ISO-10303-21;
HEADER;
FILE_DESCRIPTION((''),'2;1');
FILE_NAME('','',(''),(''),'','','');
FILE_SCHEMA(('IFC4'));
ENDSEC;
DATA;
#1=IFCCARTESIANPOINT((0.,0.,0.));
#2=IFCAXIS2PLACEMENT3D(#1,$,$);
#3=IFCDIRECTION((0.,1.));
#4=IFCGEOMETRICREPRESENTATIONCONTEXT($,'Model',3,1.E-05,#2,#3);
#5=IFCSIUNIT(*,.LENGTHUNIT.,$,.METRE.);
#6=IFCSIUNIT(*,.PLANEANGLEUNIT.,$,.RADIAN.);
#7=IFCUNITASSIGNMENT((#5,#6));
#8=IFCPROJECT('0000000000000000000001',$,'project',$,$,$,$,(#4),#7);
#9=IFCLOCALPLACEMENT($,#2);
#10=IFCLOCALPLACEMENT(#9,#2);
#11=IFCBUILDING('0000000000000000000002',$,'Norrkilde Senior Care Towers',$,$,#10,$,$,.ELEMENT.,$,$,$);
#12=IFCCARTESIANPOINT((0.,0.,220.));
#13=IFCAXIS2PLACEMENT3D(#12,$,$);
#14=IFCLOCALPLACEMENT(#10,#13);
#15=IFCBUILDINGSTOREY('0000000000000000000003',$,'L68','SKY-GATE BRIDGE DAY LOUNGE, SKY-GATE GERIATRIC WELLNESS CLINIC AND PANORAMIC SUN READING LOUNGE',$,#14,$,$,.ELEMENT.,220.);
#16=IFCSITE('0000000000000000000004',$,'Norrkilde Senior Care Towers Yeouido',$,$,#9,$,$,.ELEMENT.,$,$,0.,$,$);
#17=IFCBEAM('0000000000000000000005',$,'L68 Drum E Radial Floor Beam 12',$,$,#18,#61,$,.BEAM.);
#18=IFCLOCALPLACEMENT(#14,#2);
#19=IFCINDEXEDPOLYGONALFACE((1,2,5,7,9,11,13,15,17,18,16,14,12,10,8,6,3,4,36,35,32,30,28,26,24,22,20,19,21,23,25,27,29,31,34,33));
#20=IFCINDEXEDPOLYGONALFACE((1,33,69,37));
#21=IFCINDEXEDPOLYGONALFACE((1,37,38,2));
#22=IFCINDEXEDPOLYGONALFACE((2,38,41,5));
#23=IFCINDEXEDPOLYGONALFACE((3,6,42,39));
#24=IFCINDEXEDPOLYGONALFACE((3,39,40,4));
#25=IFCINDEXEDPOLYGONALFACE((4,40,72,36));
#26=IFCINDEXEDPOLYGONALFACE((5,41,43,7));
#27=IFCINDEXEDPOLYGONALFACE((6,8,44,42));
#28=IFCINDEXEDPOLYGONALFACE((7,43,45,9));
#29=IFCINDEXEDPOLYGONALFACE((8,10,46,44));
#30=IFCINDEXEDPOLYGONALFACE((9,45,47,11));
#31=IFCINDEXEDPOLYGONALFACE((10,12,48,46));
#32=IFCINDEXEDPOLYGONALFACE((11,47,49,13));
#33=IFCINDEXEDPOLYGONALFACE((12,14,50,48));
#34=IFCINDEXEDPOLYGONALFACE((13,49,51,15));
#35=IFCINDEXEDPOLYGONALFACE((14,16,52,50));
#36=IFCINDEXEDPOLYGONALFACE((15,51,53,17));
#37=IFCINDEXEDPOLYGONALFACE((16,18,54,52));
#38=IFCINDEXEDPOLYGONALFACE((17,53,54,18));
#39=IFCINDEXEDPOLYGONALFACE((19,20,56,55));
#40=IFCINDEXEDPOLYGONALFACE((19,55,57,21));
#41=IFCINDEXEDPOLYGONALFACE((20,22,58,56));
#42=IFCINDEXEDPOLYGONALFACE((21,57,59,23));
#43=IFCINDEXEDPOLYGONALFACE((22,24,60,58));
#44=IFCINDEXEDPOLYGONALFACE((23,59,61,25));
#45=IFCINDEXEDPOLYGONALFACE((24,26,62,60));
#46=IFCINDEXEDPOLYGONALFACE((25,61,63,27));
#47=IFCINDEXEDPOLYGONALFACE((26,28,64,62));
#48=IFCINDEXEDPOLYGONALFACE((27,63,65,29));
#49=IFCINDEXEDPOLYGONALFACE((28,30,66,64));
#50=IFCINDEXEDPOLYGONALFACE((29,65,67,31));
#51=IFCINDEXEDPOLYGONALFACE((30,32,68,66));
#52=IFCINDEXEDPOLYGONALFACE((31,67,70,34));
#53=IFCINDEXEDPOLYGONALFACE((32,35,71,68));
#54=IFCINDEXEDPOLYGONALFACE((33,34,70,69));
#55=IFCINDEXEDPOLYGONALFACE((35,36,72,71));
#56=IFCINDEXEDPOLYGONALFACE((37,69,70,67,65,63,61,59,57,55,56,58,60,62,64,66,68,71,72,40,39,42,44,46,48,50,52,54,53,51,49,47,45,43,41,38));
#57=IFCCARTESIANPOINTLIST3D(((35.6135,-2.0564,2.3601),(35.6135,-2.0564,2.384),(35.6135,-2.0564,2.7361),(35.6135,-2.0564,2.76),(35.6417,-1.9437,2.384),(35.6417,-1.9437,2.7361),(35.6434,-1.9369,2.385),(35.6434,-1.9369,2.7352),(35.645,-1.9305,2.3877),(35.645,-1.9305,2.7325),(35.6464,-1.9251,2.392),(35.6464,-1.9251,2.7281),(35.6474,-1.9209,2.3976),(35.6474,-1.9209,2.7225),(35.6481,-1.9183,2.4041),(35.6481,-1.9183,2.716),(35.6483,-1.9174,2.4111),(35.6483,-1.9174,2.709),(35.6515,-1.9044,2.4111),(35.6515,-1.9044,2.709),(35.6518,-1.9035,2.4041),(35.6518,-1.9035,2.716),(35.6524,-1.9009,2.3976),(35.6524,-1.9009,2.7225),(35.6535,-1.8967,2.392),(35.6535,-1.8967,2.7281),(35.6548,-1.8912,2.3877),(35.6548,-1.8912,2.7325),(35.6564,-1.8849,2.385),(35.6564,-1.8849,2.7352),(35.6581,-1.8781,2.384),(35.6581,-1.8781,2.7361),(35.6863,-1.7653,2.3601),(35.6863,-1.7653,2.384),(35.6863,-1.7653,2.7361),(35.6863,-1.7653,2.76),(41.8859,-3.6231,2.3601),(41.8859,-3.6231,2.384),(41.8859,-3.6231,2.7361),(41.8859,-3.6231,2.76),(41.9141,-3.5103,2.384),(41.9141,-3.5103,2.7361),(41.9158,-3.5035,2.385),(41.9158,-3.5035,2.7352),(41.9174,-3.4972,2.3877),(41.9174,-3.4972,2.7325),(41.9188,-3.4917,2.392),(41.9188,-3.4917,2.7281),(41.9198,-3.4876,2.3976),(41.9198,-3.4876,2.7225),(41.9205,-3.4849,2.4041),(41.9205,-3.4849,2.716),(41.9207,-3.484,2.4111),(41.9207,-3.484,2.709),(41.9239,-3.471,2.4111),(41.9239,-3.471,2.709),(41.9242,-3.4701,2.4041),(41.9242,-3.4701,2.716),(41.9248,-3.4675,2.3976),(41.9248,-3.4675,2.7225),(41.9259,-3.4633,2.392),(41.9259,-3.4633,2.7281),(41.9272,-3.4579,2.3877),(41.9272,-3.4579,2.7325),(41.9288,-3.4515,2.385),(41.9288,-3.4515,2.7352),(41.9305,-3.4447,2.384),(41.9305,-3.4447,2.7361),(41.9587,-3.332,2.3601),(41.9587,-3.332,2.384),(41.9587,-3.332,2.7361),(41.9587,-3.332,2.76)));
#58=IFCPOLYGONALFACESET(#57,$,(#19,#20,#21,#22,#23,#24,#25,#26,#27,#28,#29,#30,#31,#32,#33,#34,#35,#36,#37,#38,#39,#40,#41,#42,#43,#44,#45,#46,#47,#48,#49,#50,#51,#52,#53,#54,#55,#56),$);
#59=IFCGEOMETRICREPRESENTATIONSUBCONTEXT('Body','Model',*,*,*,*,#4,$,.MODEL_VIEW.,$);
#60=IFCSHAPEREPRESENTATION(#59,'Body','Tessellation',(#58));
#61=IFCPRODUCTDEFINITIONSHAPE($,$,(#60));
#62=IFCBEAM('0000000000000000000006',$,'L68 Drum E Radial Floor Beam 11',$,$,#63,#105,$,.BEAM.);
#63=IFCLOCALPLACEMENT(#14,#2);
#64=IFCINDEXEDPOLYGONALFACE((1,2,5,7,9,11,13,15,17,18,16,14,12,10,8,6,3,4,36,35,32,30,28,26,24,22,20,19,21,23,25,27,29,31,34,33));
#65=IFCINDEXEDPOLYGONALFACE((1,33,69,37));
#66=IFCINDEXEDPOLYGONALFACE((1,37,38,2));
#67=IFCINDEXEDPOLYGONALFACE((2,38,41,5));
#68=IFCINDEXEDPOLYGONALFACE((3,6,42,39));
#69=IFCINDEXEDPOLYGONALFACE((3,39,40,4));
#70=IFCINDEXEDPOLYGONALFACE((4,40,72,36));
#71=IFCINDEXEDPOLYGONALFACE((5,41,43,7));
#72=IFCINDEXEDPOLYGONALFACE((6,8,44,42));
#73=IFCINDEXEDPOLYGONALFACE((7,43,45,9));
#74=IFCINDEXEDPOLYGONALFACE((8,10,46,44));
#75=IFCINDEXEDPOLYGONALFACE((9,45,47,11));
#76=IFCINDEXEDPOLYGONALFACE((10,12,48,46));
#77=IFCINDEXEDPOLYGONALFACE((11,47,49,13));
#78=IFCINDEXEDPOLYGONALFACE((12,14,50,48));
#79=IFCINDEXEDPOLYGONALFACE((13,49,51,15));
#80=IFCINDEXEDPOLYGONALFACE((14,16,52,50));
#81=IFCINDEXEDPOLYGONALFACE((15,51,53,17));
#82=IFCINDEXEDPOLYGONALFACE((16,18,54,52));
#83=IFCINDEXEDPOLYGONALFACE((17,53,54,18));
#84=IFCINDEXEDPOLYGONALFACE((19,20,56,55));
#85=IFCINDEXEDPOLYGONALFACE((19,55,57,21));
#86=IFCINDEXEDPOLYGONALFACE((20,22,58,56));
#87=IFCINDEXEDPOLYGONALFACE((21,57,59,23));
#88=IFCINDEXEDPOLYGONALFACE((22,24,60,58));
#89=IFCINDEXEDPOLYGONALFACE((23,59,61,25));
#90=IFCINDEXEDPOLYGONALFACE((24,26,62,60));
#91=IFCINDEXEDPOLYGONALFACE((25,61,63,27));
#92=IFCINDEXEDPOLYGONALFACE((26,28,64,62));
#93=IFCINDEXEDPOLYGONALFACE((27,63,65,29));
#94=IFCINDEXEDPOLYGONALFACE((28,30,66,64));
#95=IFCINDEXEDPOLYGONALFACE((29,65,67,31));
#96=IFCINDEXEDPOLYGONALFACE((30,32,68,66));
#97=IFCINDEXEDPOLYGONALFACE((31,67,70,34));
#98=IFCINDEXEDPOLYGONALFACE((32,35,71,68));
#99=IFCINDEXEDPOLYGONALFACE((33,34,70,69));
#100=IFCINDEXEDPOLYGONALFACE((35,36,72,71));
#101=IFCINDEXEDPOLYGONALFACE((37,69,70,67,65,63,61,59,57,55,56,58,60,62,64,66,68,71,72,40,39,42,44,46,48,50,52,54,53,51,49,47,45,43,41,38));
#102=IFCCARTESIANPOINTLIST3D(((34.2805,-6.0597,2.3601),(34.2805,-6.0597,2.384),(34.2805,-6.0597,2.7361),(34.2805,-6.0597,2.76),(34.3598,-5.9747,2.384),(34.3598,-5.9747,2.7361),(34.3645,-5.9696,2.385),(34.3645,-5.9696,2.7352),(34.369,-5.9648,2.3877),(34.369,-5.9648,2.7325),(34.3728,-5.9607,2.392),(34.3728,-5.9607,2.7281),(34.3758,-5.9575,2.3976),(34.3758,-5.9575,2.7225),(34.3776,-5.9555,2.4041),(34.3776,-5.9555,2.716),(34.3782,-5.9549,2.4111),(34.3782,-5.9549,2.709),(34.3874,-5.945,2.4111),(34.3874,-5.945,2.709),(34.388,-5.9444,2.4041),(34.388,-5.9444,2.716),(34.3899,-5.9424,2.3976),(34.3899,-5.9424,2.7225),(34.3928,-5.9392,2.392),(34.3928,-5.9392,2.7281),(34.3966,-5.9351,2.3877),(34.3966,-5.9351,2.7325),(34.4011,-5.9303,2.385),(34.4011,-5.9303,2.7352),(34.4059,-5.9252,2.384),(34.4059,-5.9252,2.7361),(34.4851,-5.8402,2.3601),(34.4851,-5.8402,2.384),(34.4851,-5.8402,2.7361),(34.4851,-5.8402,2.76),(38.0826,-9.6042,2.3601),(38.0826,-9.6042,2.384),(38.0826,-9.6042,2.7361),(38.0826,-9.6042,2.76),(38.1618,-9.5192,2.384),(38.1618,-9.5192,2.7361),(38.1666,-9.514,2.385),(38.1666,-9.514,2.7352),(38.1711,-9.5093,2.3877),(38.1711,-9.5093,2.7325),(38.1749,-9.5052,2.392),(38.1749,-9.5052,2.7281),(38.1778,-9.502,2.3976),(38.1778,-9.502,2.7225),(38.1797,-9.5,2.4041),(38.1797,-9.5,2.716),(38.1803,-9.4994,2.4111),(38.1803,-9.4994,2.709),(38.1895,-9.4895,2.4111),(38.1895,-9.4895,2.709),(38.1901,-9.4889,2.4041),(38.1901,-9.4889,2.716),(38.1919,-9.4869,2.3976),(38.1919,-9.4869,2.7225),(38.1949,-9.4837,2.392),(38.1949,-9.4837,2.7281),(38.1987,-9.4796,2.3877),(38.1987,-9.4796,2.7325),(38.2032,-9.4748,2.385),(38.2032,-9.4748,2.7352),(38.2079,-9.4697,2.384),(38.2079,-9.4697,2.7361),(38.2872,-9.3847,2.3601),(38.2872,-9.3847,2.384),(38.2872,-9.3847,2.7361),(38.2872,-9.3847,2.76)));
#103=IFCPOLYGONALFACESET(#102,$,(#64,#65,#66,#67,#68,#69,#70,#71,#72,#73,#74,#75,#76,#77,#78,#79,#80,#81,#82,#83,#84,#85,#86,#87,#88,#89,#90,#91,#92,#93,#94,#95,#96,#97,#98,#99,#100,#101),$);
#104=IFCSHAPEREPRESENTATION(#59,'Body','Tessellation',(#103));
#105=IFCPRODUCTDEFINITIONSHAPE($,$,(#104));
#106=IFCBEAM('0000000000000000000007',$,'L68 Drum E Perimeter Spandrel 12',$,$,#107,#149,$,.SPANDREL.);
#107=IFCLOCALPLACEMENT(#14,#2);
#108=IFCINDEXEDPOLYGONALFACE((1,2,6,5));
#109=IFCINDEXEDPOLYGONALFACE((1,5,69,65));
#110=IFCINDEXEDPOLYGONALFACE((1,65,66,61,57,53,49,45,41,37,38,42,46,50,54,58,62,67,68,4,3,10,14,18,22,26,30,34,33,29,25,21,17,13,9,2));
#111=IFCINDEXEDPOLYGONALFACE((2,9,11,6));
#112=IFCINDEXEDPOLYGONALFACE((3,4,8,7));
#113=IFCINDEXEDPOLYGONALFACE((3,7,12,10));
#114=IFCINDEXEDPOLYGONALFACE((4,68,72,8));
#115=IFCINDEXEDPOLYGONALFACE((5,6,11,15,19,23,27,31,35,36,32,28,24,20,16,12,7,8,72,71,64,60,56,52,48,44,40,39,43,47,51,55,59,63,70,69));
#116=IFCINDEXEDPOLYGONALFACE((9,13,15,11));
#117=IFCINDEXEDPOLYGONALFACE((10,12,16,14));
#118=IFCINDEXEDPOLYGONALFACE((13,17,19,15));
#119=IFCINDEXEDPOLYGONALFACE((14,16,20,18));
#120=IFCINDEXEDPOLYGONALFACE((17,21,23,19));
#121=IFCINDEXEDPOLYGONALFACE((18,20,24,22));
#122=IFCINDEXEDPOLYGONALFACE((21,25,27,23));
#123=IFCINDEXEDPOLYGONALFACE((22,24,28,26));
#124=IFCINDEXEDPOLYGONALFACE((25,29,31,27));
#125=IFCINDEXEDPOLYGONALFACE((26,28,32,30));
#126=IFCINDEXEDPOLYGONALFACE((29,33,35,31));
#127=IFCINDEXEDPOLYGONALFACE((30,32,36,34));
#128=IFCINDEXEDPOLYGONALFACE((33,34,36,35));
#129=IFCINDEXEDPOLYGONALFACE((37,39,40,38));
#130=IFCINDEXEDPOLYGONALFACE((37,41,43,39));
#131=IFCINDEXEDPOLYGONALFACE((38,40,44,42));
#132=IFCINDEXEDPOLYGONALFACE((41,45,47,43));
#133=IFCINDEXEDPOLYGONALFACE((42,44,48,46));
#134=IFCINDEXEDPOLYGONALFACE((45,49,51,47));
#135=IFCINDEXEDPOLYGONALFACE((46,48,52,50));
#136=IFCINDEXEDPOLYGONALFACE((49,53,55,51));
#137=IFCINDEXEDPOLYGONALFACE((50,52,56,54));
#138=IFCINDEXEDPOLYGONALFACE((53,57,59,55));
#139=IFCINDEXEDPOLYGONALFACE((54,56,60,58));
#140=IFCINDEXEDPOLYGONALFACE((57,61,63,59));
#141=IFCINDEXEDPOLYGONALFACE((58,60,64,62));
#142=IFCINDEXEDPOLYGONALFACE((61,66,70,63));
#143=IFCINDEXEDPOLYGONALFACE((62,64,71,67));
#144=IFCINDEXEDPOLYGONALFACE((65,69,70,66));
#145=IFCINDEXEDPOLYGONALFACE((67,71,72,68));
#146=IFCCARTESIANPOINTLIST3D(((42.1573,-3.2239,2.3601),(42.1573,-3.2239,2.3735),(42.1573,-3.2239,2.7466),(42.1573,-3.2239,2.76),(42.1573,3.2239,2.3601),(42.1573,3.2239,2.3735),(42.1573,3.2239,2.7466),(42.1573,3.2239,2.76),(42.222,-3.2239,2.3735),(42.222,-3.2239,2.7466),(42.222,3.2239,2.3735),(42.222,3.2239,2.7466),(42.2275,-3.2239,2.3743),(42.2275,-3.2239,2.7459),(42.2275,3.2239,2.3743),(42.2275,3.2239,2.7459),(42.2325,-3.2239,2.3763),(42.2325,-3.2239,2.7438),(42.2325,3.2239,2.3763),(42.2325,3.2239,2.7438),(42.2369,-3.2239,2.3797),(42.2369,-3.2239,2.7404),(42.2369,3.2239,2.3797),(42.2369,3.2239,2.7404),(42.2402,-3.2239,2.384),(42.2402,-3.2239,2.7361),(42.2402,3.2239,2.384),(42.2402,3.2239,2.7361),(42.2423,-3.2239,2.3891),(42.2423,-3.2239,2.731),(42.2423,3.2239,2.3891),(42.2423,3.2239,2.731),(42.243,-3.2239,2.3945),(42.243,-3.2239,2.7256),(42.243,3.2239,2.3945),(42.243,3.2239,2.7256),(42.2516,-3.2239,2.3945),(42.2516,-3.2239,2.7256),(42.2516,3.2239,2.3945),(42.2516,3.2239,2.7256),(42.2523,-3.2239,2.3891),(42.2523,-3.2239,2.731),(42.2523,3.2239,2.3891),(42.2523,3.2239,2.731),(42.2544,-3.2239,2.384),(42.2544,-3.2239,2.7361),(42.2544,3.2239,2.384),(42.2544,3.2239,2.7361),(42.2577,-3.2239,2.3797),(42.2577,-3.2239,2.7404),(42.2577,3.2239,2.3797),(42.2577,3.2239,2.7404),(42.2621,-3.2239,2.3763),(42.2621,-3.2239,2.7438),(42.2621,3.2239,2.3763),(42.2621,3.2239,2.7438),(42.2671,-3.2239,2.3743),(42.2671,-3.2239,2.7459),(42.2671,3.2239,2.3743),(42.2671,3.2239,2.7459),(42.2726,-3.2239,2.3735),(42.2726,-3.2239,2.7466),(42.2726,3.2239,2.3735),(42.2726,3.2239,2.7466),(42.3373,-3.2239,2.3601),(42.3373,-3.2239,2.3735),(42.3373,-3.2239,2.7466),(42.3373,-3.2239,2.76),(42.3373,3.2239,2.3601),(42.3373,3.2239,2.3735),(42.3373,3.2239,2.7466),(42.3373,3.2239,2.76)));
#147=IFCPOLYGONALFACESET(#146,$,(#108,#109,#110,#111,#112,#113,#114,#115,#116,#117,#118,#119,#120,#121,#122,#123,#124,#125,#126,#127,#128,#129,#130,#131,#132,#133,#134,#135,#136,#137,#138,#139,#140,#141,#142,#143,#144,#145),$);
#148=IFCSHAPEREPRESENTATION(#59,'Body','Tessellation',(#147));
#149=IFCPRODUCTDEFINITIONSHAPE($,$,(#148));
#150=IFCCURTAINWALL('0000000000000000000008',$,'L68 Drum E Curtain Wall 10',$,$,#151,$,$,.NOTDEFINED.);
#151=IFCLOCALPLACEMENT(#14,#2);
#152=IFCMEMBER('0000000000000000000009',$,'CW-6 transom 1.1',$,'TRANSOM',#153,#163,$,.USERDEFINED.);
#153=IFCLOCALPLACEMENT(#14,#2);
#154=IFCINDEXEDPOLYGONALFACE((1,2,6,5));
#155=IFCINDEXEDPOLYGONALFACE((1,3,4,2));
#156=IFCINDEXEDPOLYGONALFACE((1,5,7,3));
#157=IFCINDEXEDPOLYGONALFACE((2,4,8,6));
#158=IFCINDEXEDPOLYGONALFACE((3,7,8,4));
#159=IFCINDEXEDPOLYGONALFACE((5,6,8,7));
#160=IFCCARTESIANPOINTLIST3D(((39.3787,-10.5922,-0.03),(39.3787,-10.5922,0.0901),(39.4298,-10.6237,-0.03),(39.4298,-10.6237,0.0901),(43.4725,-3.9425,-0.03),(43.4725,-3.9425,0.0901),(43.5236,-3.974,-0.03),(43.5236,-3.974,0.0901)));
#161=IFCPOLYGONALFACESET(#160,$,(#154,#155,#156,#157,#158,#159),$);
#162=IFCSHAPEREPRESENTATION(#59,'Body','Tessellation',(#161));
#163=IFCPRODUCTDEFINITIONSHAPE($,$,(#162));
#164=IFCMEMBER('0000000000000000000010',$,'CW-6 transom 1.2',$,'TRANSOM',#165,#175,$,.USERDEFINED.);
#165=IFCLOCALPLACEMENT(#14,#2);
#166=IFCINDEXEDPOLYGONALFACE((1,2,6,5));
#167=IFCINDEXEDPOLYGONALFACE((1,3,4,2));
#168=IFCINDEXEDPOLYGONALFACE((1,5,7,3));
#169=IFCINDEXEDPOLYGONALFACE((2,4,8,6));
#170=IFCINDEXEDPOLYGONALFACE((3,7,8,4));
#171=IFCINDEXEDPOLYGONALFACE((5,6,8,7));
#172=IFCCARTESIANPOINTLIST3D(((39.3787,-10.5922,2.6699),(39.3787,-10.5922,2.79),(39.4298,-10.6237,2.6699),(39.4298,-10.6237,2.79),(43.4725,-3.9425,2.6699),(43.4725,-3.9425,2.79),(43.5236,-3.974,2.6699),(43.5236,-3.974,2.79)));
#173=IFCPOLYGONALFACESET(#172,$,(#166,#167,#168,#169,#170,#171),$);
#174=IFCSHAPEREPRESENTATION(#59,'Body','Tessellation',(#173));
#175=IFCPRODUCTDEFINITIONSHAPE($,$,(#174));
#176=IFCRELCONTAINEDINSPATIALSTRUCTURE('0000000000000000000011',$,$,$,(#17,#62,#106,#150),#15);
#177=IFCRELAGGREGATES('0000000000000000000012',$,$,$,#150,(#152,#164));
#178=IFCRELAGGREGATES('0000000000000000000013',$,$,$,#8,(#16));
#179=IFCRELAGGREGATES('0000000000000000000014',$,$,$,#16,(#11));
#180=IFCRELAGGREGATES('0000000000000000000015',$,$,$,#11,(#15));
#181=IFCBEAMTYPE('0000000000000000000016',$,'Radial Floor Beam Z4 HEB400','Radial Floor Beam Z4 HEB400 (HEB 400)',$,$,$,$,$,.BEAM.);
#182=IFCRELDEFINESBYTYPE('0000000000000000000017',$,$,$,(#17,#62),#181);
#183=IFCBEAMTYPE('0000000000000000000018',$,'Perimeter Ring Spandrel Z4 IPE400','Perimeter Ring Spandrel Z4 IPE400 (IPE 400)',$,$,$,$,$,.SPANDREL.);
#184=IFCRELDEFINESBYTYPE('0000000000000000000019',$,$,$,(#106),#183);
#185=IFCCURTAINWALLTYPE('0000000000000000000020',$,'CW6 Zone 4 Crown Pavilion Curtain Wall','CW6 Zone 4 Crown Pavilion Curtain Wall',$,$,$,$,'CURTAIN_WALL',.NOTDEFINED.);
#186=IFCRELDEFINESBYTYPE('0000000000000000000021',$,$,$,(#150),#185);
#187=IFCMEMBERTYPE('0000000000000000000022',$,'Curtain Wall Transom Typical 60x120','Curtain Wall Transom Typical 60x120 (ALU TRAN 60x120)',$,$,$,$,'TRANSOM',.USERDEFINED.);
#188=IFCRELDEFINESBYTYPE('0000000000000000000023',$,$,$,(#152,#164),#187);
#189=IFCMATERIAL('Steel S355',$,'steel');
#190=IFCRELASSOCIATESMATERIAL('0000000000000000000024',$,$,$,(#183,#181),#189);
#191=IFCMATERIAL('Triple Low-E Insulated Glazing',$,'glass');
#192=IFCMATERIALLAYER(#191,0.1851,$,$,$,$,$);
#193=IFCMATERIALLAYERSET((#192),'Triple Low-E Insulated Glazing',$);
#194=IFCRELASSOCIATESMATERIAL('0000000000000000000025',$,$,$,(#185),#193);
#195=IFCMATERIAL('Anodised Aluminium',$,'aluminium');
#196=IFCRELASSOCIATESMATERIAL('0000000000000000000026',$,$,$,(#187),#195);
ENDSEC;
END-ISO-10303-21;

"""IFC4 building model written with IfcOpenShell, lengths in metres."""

from ifc_helpers import new_model, si_unit, direction, frame, origin, origin_2d, place, context, subcontext, project, spatial, rectangle, i_section, extrude, source, transform, mapped, material, layer, layer_set, material_profile, profile_set, type_object, type_shapes, element, aggregate, save


model = new_model("IFC4")

# Units and contexts
model_context = context("Model", 3, precision=1e-05, world=origin(), true_north=direction((0.0, 1.0)))
body_context = subcontext(model_context, "Body", "Model", "MODEL_VIEW")
ifc_project = project(units=[si_unit("LENGTHUNIT", "METRE"), si_unit("PLANEANGLEUNIT", "RADIAN")], contexts=[model_context])

# Site, building, storey
site_placement = place(None, origin())
site = spatial("IfcSite", under=ifc_project, at=site_placement, Name="Norrkilde Senior Care Towers Yeouido", CompositionType="ELEMENT", RefElevation=0.0)
building_placement = place(site_placement, origin())
building = spatial("IfcBuilding", under=site, at=building_placement, Name="Norrkilde Senior Care Towers", CompositionType="ELEMENT")
storey_placement = place(building_placement, frame((0.0, 0.0, 220.0)))
storey = spatial("IfcBuildingStorey", under=building, at=storey_placement, Name="L68", Description="SKY-GATE BRIDGE DAY LOUNGE, SKY-GATE GERIATRIC WELLNESS CLINIC AND PANORAMIC SUN READING LOUNGE", CompositionType="ELEMENT", Elevation=220.0)

# Beams
ifc_material_1 = material(Name="Steel S355", Category="steel")
ifc_material_profile_1 = material_profile(ifc_material_1, i_section(OverallWidth=0.1799, OverallDepth=0.3999, WebThickness=0.0085, FlangeThickness=0.0134, FilletRadius=0.021, at=origin_2d()), Name="IPE 400")
ifc_profile_set_1 = profile_set([ifc_material_profile_1], Name="Steel S355")
beam_type_1 = type_object("IfcBeamType", Name="Perimeter Ring Spandrel Z4 IPE400", Description="Perimeter Ring Spandrel Z4 IPE400 (IPE 400)", PredefinedType="SPANDREL", material=ifc_profile_set_1)
ifc_material_profile_2 = material_profile(ifc_material_1, i_section(OverallWidth=0.3, OverallDepth=0.3999, WebThickness=0.0134, FlangeThickness=0.0239, FilletRadius=0.0271, at=origin_2d()), Name="HEB 400")
ifc_profile_set_2 = profile_set([ifc_material_profile_2], Name="Steel S355")
beam_type_2 = type_object("IfcBeamType", Name="Radial Floor Beam Z4 HEB400", Description="Radial Floor Beam Z4 HEB400 (HEB 400)", PredefinedType="BEAM", material=ifc_profile_set_2)
shared_shape_1 = source(origin(), body_context, "Body", "SweptSolid", [
    extrude(i_section(OverallWidth=0.3, OverallDepth=0.3999, WebThickness=0.0134, FlangeThickness=0.0239, FilletRadius=0.0271, at=origin_2d()), origin(), (0.0, 0.0, 1.0), 6.4651),
])
beam_1_placement = place(storey_placement, frame((35.6499, -1.9109, 2.5601), z_axis=(0.970196, -0.242322, 0.0), x_axis=(0.242322, 0.970196, 0.0)))
element("IfcBeam", 1, at=beam_1_placement, inside=storey, type_object=beam_type_2, Name="L68 Drum E Radial Floor Beam 12", PredefinedType="BEAM", context=body_context, shape_type="MappedRepresentation", body=[
    mapped(shared_shape_1, transform((0.0, 0.0, 0.0), x_axis=(1.0, 0.0, 0.0), y_axis=(0.0, 1.0, 0.0), z_axis=(0.0, 0.0, 1.0), scale=1.0)),
])
shared_shape_2 = source(origin(), body_context, "Body", "SweptSolid", [
    extrude(i_section(OverallWidth=0.3, OverallDepth=0.3999, WebThickness=0.0134, FlangeThickness=0.0239, FilletRadius=0.0271, at=origin_2d()), origin(), (0.0, 0.0, 1.0), 5.198),
])
type_shapes(beam_type_2, [shared_shape_1, shared_shape_2])
beam_2_placement = place(storey_placement, frame((34.3828, -5.95, 2.5601), z_axis=(0.731449, -0.681896, 0.0), x_axis=(0.681896, 0.731449, 0.0)))
element("IfcBeam", 2, at=beam_2_placement, inside=storey, type_object=beam_type_2, Name="L68 Drum E Radial Floor Beam 11", PredefinedType="BEAM", context=body_context, shape_type="MappedRepresentation", body=[
    mapped(shared_shape_2, transform((0.0, 0.0, 0.0), x_axis=(1.0, 0.0, 0.0), y_axis=(0.0, 1.0, 0.0), z_axis=(0.0, 0.0, 1.0), scale=1.0)),
])
shared_shape_3 = source(origin(), body_context, "Body", "SweptSolid", [
    extrude(i_section(OverallWidth=0.1799, OverallDepth=0.3999, WebThickness=0.0085, FlangeThickness=0.0134, FilletRadius=0.021, at=origin_2d()), origin(), (0.0, 0.0, 1.0), 6.4478),
])
beam_3_placement = place(storey_placement, frame((42.2473, -3.2239, 2.5601), z_axis=(0.0, 1.0, 0.0), x_axis=(-1.0, 0.0, 0.0)))
element("IfcBeam", 3, at=beam_3_placement, inside=storey, type_object=beam_type_1, Name="L68 Drum E Perimeter Spandrel 12", PredefinedType="SPANDREL", context=body_context, shape_type="MappedRepresentation", body=[
    mapped(shared_shape_3, transform((0.0, 0.0, 0.0), x_axis=(1.0, 0.0, 0.0), y_axis=(0.0, 1.0, 0.0), z_axis=(0.0, 0.0, 1.0), scale=1.0)),
])

# Curtain wall, members
ifc_material_2 = material(Name="Triple Low-E Insulated Glazing", Category="glass")
ifc_layer_1 = layer(ifc_material_2, 0.1851)
ifc_layer_set_1 = layer_set([ifc_layer_1], Name="Triple Low-E Insulated Glazing")
curtain_wall_type = type_object("IfcCurtainWallType", Name="CW6 Zone 4 Crown Pavilion Curtain Wall", Description="CW6 Zone 4 Crown Pavilion Curtain Wall", ElementType="CURTAIN_WALL", PredefinedType="NOTDEFINED", material=ifc_layer_set_1)
curtain_wall_1_placement = place(storey_placement, origin())
curtain_wall_1 = element("IfcCurtainWall", 4, at=curtain_wall_1_placement, inside=storey, type_object=curtain_wall_type, Name="L68 Drum E Curtain Wall 10", PredefinedType="NOTDEFINED")
ifc_material_3 = material(Name="Anodised Aluminium", Category="aluminium")
ifc_material_profile_3 = material_profile(ifc_material_3, rectangle(XDim=0.0601, YDim=0.1201, at=origin_2d()), Name="ALU TRAN 60x120")
ifc_profile_set_3 = profile_set([ifc_material_profile_3], Name="Anodised Aluminium")
member_type_1 = type_object("IfcMemberType", Name="Curtain Wall Transom Typical 60x120", Description="Curtain Wall Transom Typical 60x120 (ALU TRAN 60x120)", ElementType="TRANSOM", PredefinedType="USERDEFINED", material=ifc_profile_set_3)
shared_shape_4 = source(origin(), body_context, "Body", "SweptSolid", [
    extrude(rectangle(XDim=0.0601, YDim=0.1201, at=origin_2d()), origin(), (0.0, 0.0, 1.0), 7.8088),
])
member_1_placement = place(storey_placement, frame((43.498, -3.9583, 0.03), z_axis=(-0.524251, -0.851564, 0.0), x_axis=(0.851564, -0.524251, 0.0)))
member_1 = element("IfcMember", 5, at=member_1_placement, type_object=member_type_1, Name="CW-6 transom 1.1", ObjectType="TRANSOM", PredefinedType="USERDEFINED", context=body_context, shape_type="MappedRepresentation", body=[
    mapped(shared_shape_4, transform((0.0, 0.0, 0.0), x_axis=(1.0, 0.0, 0.0), y_axis=(0.0, 1.0, 0.0), z_axis=(0.0, 0.0, 1.0), scale=1.0)),
])
member_2_placement = place(storey_placement, frame((43.498, -3.9583, 2.73), z_axis=(-0.524251, -0.851564, 0.0), x_axis=(0.851564, -0.524251, 0.0)))
member_2 = element("IfcMember", 6, at=member_2_placement, type_object=member_type_1, Name="CW-6 transom 1.2", ObjectType="TRANSOM", PredefinedType="USERDEFINED", context=body_context, shape_type="MappedRepresentation", body=[
    mapped(shared_shape_4, transform((0.0, 0.0, 0.0), x_axis=(1.0, 0.0, 0.0), y_axis=(0.0, 1.0, 0.0), z_axis=(0.0, 0.0, 1.0), scale=1.0)),
])

aggregate(curtain_wall_1, [member_1, member_2])

save(model, "model.ifc")
